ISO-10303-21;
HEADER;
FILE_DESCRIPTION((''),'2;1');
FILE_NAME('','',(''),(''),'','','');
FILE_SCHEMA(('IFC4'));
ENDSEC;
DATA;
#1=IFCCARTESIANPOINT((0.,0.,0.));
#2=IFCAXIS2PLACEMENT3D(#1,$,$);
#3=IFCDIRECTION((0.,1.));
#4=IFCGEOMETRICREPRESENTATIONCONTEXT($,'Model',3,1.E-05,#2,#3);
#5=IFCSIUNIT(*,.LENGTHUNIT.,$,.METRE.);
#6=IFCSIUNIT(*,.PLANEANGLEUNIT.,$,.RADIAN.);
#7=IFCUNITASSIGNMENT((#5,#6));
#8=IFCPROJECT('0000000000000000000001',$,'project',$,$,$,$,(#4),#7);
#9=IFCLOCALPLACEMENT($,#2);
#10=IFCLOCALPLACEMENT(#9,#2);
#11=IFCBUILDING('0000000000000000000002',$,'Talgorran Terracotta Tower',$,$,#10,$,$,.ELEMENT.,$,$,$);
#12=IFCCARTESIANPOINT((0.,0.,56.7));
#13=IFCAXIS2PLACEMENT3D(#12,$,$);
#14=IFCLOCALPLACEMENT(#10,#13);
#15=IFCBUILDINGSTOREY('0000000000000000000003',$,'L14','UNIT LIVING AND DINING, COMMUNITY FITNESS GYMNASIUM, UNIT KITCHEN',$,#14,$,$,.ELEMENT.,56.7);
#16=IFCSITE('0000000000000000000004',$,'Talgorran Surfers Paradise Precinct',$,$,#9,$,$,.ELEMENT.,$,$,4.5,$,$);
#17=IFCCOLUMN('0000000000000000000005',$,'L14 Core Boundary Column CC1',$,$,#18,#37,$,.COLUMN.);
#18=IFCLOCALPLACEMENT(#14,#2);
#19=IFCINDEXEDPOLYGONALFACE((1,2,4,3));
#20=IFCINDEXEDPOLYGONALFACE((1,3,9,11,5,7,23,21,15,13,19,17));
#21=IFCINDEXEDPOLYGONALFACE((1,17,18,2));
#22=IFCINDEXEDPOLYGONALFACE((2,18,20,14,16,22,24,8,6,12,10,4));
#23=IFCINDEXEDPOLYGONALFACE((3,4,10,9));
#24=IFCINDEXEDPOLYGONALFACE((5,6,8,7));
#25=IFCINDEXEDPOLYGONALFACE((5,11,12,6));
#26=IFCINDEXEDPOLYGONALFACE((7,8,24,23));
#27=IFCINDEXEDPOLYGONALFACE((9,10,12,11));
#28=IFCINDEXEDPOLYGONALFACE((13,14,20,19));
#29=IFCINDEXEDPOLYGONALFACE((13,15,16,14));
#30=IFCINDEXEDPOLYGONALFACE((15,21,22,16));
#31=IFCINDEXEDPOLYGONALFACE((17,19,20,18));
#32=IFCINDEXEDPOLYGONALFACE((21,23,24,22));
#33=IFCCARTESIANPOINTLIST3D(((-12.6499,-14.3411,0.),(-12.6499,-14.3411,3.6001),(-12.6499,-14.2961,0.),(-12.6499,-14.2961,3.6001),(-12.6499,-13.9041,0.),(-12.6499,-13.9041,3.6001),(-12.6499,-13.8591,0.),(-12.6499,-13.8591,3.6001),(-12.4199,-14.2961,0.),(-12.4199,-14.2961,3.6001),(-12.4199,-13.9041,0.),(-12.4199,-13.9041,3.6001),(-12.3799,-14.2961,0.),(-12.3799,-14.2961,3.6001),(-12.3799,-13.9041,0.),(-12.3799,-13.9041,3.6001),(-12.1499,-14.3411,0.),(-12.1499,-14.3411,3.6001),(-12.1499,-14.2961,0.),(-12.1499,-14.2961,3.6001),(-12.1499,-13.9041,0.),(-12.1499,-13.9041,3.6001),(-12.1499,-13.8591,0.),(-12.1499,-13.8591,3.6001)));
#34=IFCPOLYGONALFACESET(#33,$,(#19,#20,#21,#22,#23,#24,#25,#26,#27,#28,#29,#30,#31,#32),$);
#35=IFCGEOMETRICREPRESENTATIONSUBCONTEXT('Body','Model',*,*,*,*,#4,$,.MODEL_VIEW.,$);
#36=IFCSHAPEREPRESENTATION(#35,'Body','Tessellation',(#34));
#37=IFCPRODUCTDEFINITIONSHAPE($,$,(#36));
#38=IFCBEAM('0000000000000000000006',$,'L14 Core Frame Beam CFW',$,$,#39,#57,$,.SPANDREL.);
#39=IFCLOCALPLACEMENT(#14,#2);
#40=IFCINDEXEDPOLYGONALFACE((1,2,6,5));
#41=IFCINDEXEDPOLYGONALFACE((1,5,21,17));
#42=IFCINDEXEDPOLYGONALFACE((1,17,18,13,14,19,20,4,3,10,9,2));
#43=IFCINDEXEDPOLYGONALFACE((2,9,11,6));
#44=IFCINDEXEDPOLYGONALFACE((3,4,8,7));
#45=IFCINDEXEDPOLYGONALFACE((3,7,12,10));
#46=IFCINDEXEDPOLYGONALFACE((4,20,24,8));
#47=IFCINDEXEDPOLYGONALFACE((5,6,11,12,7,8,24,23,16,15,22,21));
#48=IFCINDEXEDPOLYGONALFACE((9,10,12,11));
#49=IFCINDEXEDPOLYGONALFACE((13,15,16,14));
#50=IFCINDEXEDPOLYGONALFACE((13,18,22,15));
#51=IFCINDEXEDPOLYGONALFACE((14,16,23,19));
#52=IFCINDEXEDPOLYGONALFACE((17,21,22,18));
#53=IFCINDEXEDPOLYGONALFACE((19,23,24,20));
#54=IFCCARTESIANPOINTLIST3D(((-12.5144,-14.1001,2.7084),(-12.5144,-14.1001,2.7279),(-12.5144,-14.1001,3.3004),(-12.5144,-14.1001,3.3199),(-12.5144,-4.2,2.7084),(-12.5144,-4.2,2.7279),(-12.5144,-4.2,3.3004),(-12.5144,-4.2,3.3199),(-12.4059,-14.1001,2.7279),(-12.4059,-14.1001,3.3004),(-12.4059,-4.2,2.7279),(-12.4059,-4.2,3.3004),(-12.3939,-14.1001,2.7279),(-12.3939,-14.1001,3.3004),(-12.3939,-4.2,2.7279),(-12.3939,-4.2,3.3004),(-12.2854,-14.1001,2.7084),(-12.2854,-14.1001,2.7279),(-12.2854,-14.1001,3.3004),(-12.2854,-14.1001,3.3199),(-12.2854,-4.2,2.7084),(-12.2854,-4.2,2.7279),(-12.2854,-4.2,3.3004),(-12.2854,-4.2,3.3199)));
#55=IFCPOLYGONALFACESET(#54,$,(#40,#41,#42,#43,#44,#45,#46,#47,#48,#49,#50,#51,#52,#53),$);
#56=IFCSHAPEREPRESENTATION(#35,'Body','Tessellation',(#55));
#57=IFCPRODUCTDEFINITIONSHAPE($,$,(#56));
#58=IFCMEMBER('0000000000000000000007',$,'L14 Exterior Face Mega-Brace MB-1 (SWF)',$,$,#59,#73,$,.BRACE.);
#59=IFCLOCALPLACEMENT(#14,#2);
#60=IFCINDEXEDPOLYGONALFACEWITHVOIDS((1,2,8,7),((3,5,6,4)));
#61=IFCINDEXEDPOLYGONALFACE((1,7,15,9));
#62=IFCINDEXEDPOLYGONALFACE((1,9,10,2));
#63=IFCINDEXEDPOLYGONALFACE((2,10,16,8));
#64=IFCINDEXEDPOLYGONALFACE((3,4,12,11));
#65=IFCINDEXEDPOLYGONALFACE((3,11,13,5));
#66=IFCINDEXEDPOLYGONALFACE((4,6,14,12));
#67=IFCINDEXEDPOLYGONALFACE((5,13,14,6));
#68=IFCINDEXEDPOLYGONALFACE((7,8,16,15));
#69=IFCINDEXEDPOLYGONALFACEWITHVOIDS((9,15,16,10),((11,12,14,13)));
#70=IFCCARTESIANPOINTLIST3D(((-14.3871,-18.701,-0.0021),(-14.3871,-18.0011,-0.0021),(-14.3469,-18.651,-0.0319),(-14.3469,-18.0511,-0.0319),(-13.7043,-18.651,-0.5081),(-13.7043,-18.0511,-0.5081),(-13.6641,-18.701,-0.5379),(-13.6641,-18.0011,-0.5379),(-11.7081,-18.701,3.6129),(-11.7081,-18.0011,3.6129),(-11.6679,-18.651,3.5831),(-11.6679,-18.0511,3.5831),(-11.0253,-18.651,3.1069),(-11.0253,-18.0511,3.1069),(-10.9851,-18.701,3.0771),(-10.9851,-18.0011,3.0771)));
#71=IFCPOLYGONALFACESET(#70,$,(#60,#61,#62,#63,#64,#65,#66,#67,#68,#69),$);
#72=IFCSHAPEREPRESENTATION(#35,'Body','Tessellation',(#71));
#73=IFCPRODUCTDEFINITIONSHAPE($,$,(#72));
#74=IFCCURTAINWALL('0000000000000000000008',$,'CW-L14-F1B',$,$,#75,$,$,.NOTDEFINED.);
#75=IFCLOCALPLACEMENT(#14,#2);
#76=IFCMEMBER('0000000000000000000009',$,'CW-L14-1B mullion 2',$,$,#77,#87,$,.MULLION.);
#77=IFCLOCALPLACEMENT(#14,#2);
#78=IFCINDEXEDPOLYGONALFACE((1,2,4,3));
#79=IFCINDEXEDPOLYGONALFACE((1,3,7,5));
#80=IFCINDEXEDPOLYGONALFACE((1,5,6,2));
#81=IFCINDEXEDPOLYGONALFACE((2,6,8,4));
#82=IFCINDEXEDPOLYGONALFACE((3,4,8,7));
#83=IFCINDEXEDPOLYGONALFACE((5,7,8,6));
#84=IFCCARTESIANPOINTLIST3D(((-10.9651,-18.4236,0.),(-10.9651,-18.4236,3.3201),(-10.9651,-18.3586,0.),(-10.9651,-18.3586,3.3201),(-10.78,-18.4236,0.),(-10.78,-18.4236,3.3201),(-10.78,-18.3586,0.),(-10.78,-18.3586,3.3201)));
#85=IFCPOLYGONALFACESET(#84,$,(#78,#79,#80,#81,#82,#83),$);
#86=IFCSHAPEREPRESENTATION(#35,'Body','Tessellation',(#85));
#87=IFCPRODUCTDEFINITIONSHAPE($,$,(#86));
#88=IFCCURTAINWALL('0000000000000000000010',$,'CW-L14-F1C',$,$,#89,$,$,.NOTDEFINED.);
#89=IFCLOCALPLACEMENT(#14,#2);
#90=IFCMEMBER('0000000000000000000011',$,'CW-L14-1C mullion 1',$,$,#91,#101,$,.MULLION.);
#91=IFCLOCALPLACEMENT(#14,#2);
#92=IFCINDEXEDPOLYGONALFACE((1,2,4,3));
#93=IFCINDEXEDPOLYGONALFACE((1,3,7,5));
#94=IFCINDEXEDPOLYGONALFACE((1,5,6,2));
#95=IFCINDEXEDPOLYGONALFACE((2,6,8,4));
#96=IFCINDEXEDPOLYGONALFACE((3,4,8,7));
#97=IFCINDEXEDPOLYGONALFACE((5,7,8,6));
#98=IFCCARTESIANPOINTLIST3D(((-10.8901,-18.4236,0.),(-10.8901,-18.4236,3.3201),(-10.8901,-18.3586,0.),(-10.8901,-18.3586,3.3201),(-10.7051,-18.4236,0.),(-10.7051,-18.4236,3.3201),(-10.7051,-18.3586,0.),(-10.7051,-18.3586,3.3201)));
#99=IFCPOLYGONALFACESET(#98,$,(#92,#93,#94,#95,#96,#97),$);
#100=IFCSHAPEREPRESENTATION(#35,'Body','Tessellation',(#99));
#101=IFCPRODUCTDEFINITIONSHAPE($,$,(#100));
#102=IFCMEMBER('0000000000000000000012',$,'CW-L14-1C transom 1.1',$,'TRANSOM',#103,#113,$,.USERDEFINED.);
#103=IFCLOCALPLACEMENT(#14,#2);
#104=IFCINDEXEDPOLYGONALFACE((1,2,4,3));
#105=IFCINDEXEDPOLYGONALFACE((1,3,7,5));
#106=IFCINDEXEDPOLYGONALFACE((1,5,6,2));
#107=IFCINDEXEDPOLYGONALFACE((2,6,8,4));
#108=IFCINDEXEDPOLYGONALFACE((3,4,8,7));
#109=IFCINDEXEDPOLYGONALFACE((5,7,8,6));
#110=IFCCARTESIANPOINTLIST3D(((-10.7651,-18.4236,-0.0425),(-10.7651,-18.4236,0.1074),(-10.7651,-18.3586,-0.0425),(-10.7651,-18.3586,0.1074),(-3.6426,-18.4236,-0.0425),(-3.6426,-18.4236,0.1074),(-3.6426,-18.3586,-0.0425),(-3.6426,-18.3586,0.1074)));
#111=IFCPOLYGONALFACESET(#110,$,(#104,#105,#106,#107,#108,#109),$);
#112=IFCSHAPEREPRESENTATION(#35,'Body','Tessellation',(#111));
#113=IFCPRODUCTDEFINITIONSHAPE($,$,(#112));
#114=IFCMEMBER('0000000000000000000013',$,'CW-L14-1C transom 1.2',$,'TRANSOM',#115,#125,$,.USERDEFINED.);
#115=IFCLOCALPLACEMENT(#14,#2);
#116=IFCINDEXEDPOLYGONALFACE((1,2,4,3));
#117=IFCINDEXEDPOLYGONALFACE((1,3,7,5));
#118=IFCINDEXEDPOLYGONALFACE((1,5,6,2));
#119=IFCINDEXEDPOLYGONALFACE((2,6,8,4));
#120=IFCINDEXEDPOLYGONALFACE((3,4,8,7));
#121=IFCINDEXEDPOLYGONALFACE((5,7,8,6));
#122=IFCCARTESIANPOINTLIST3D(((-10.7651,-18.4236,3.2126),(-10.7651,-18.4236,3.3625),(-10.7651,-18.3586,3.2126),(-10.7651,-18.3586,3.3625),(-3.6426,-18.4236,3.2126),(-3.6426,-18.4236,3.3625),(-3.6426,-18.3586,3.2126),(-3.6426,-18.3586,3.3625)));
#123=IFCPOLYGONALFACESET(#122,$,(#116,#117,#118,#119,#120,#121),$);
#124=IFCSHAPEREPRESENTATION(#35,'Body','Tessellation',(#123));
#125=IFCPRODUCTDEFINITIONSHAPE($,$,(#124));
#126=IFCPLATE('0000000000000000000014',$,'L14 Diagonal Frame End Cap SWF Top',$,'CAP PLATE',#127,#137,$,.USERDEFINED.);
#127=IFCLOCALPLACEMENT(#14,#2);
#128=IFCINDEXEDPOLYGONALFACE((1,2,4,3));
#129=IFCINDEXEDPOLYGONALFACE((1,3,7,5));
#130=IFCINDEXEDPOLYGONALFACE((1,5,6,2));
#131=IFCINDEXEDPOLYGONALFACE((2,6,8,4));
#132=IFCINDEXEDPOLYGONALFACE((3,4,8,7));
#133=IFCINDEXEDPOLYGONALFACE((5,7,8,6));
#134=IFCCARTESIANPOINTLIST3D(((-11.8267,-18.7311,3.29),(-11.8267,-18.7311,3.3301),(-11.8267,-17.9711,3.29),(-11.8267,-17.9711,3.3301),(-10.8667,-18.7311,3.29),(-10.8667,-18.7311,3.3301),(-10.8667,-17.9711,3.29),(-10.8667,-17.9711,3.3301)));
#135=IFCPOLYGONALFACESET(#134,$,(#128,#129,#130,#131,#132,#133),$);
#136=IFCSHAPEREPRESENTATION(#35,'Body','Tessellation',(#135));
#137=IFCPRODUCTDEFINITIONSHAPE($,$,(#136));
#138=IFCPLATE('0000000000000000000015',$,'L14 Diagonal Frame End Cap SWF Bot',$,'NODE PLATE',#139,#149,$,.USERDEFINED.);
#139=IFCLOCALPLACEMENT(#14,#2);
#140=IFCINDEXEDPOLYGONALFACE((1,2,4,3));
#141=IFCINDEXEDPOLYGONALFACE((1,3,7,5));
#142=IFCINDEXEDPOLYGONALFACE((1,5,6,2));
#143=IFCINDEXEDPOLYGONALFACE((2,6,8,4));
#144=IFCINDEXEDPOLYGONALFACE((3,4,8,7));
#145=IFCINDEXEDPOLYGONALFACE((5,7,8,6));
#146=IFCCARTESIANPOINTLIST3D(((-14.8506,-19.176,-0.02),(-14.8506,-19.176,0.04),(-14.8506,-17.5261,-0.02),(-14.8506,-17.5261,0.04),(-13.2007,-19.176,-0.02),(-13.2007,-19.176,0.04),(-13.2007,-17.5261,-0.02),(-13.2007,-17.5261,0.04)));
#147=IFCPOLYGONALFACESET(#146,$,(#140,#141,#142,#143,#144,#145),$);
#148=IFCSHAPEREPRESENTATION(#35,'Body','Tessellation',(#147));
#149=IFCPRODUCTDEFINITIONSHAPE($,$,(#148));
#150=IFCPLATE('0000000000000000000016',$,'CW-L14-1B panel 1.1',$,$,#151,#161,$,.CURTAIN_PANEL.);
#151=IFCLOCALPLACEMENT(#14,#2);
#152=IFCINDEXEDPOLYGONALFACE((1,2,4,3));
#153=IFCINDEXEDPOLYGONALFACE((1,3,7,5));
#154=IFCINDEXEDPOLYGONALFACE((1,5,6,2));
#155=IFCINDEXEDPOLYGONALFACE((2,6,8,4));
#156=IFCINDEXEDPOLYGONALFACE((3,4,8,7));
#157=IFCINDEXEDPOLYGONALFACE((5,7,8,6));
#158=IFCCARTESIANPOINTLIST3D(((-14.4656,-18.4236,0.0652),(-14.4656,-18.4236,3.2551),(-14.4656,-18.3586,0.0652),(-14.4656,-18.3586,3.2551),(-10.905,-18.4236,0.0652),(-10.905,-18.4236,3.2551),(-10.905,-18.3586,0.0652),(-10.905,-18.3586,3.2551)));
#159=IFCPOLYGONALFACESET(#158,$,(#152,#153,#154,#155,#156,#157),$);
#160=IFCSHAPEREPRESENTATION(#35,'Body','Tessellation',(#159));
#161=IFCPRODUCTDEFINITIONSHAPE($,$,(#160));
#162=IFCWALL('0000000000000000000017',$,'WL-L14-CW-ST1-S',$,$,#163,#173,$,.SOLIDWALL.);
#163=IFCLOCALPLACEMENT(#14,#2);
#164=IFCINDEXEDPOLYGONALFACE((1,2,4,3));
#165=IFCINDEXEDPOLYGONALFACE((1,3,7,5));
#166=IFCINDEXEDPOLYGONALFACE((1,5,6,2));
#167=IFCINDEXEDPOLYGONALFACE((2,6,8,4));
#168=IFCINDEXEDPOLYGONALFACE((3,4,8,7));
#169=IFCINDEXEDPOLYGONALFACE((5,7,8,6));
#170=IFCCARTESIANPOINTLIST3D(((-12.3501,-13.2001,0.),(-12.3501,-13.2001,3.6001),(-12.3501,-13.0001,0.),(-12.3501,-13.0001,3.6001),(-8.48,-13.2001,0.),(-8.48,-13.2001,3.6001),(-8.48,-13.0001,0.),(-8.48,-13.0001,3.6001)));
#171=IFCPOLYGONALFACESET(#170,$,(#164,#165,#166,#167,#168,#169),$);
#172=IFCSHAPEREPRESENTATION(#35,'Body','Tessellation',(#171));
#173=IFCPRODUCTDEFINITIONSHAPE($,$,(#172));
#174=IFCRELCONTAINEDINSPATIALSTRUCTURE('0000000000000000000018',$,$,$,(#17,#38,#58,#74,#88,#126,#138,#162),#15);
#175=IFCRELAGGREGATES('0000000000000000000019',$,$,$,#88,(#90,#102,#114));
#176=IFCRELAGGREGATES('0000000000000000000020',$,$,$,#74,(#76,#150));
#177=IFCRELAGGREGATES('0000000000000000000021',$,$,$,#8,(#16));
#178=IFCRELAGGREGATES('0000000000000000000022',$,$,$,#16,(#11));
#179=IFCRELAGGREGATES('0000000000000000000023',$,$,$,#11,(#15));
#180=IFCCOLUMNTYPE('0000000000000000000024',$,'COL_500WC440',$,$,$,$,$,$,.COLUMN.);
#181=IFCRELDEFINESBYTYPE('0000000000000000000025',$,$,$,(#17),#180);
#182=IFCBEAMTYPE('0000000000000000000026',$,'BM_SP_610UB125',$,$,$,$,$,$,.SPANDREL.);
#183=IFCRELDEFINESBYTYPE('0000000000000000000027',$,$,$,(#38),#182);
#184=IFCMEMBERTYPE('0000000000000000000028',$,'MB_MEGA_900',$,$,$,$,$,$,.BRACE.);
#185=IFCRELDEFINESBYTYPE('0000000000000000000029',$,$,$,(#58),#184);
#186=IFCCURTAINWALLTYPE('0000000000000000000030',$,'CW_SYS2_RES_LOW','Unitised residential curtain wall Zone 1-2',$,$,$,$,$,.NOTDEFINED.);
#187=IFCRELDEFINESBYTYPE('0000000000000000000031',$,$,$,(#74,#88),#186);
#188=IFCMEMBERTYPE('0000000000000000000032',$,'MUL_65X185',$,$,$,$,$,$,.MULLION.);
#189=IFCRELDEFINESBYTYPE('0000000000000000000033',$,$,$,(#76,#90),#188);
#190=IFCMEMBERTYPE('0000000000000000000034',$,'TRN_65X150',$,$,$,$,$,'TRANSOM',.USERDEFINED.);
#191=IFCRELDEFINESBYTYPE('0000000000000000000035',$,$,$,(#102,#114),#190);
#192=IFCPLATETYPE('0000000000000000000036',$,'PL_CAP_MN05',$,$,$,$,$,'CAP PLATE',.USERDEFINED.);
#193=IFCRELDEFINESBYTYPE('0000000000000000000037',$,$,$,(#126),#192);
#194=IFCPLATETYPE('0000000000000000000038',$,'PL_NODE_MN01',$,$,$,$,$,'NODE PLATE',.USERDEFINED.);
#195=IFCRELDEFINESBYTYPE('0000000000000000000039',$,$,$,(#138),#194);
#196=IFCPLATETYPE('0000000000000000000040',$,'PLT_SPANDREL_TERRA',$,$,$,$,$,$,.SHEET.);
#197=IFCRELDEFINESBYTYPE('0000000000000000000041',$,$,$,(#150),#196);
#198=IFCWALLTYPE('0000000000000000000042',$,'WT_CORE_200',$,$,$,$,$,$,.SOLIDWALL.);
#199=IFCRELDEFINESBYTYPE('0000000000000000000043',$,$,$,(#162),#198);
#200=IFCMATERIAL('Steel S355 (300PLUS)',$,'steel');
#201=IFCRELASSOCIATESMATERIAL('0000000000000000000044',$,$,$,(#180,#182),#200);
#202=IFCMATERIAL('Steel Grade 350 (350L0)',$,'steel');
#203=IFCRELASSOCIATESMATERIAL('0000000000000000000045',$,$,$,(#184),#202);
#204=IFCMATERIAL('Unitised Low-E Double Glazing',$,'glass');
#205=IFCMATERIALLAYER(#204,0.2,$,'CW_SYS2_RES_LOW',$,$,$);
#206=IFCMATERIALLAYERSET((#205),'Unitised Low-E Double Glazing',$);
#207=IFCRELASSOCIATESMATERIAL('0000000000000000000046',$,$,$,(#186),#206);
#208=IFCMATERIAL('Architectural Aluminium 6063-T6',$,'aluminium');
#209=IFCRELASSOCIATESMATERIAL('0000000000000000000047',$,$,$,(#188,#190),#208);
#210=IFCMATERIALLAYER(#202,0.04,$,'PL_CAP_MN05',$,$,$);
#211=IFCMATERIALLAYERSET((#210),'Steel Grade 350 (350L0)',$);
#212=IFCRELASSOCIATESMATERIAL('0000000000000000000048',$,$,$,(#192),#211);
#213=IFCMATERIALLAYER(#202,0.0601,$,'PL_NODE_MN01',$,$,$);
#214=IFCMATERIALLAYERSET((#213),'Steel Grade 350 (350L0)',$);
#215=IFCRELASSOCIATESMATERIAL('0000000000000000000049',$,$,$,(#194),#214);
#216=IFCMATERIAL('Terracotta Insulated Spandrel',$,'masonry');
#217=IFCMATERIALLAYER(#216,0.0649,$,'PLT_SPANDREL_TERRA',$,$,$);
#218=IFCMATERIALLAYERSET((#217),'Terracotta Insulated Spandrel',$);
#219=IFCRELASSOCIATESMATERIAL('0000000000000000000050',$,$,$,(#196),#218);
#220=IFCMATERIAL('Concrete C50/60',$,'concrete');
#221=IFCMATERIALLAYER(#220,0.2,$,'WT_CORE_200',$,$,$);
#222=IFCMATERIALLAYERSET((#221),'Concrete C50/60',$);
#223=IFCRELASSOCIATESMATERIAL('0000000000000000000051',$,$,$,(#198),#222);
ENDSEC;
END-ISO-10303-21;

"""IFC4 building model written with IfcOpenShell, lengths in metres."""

from ifc_helpers import new_model, si_unit, direction, frame, frame_2d, origin, origin_2d, place, context, subcontext, project, spatial, rectangle, hollow_rectangle, i_section, extrude, source, transform, mapped, material, layer, layer_set, material_profile, profile_set, type_object, type_shapes, element, aggregate, save


model = new_model("IFC4")

# Units and contexts
model_context = context("Model", 3, precision=1e-05, world=origin(), true_north=direction((0.0, 1.0)))
body_context = subcontext(model_context, "Body", "Model", "MODEL_VIEW")
ifc_project = project(units=[si_unit("LENGTHUNIT", "METRE"), si_unit("PLANEANGLEUNIT", "RADIAN")], contexts=[model_context])

# Site, building, storey
site_placement = place(None, origin())
site = spatial("IfcSite", under=ifc_project, at=site_placement, Name="Talgorran Surfers Paradise Precinct", CompositionType="ELEMENT", RefElevation=4.5)
building_placement = place(site_placement, origin())
building = spatial("IfcBuilding", under=site, at=building_placement, Name="Talgorran Terracotta Tower", CompositionType="ELEMENT")
storey_placement = place(building_placement, frame((0.0, 0.0, 56.7)))
storey = spatial("IfcBuildingStorey", under=building, at=storey_placement, Name="L14", Description="UNIT LIVING AND DINING, COMMUNITY FITNESS GYMNASIUM, UNIT KITCHEN", CompositionType="ELEMENT", Elevation=56.7)

# Column
ifc_material_1 = material(Name="Steel S355 (300PLUS)", Category="steel")
ifc_material_profile_1 = material_profile(ifc_material_1, i_section(OverallWidth=0.5, OverallDepth=0.4819, WebThickness=0.04, FlangeThickness=0.0449, at=origin_2d()), Name="500WC440")
ifc_profile_set_1 = profile_set([ifc_material_profile_1], Name="Steel S355 (300PLUS)")
column_type = type_object("IfcColumnType", Name="COL_500WC440", PredefinedType="COLUMN", material=ifc_profile_set_1)
column_placement = place(storey_placement, frame((-12.3999, -14.1001, 0.0), z_axis=(0.0, 0.0, 1.0), x_axis=(1.0, 0.0, 0.0)))
element("IfcColumn", 1, at=column_placement, inside=storey, type_object=column_type, Name="L14 Core Boundary Column CC1", PredefinedType="COLUMN", context=body_context, shape_type="SweptSolid", body=[
    extrude(i_section(OverallWidth=0.5, OverallDepth=0.4819, WebThickness=0.04, FlangeThickness=0.0449, at=origin_2d()), origin(), (0.0, 0.0, 1.0), 3.6001),
])

# Beam
ifc_material_profile_2 = material_profile(ifc_material_1, i_section(OverallWidth=0.229, OverallDepth=0.6116, WebThickness=0.012, FlangeThickness=0.0195, at=origin_2d()), Name="610UB125")
ifc_profile_set_2 = profile_set([ifc_material_profile_2], Name="Steel S355 (300PLUS)")
beam_type = type_object("IfcBeamType", Name="BM_SP_610UB125", PredefinedType="SPANDREL", material=ifc_profile_set_2)
beam_placement = place(storey_placement, frame((-12.3999, -14.1001, 3.0142), z_axis=(0.0, 1.0, 0.0), x_axis=(-1.0, 0.0, 0.0)))
element("IfcBeam", 2, at=beam_placement, inside=storey, type_object=beam_type, Name="L14 Core Frame Beam CFW", PredefinedType="SPANDREL", context=body_context, shape_type="SweptSolid", body=[
    extrude(i_section(OverallWidth=0.229, OverallDepth=0.6116, WebThickness=0.012, FlangeThickness=0.0195, at=origin_2d()), origin(), (0.0, 0.0, 1.0), 9.9001),
])

# Member
ifc_material_2 = material(Name="Steel Grade 350 (350L0)", Category="steel")
ifc_material_profile_3 = material_profile(ifc_material_2, hollow_rectangle(XDim=0.7, YDim=0.8999, WallThickness=0.05, at=origin_2d()), Name="WBOX900X700X50")
ifc_profile_set_3 = profile_set([ifc_material_profile_3], Name="Steel Grade 350 (350L0)")
member_type_1 = type_object("IfcMemberType", Name="MB_MEGA_900", PredefinedType="BRACE", material=ifc_profile_set_3)
member_1_placement = place(storey_placement, frame((-14.0256, -18.3511, -0.27), z_axis=(0.595398, 0.0, 0.803431), x_axis=(0.0, 1.0, 0.0)))
element("IfcMember", 3, at=member_1_placement, inside=storey, type_object=member_type_1, Name="L14 Exterior Face Mega-Brace MB-1 (SWF)", PredefinedType="BRACE", context=body_context, shape_type="SweptSolid", body=[
    extrude(hollow_rectangle(XDim=0.7, YDim=0.8999, WallThickness=0.05, at=origin_2d()), origin(), (0.0, 0.0, 1.0), 4.4995),
])

# Curtain wall, member
ifc_material_3 = material(Name="Unitised Low-E Double Glazing", Category="glass")
ifc_layer_1 = layer(ifc_material_3, 0.2, Name="CW_SYS2_RES_LOW")
ifc_layer_set_1 = layer_set([ifc_layer_1], Name="Unitised Low-E Double Glazing")
curtain_wall_type = type_object("IfcCurtainWallType", Name="CW_SYS2_RES_LOW", Description="Unitised residential curtain wall Zone 1-2", PredefinedType="NOTDEFINED", material=ifc_layer_set_1)
curtain_wall_1_placement = place(storey_placement, origin())
curtain_wall_1 = element("IfcCurtainWall", 4, at=curtain_wall_1_placement, inside=storey, type_object=curtain_wall_type, Name="CW-L14-F1B", PredefinedType="NOTDEFINED")
ifc_material_4 = material(Name="Architectural Aluminium 6063-T6", Category="aluminium")
ifc_material_profile_4 = material_profile(ifc_material_4, rectangle(XDim=0.0649, YDim=0.1851, at=origin_2d()), Name="CWM65X185")
ifc_profile_set_4 = profile_set([ifc_material_profile_4], Name="Architectural Aluminium 6063-T6")
member_type_2 = type_object("IfcMemberType", Name="MUL_65X185", PredefinedType="MULLION", material=ifc_profile_set_4)
member_2_placement = place(storey_placement, frame((-10.8726, -18.3911, 0.0), z_axis=(0.0, 0.0, 1.0), x_axis=(0.0, 1.0, 0.0)))
member_2 = element("IfcMember", 5, at=member_2_placement, type_object=member_type_2, Name="CW-L14-1B mullion 2", PredefinedType="MULLION", context=body_context, shape_type="SweptSolid", body=[
    extrude(rectangle(XDim=0.0649, YDim=0.1851, at=origin_2d()), origin(), (0.0, 0.0, 1.0), 3.3201),
])

# Curtain wall, members
curtain_wall_2_placement = place(storey_placement, origin())
curtain_wall_2 = element("IfcCurtainWall", 6, at=curtain_wall_2_placement, inside=storey, type_object=curtain_wall_type, Name="CW-L14-F1C", PredefinedType="NOTDEFINED")
member_3_placement = place(storey_placement, frame((-10.7976, -18.3911, 0.0), z_axis=(0.0, 0.0, 1.0), x_axis=(0.0, 1.0, 0.0)))
member_3 = element("IfcMember", 7, at=member_3_placement, type_object=member_type_2, Name="CW-L14-1C mullion 1", PredefinedType="MULLION", context=body_context, shape_type="SweptSolid", body=[
    extrude(rectangle(XDim=0.0649, YDim=0.1851, at=origin_2d()), origin(), (0.0, 0.0, 1.0), 3.3201),
])
ifc_material_profile_5 = material_profile(ifc_material_4, rectangle(XDim=0.0649, YDim=0.1499, at=origin_2d()), Name="CWT65X150")
ifc_profile_set_5 = profile_set([ifc_material_profile_5], Name="Architectural Aluminium 6063-T6")
member_type_3 = type_object("IfcMemberType", Name="TRN_65X150", ElementType="TRANSOM", PredefinedType="USERDEFINED", material=ifc_profile_set_5)
member_4_placement = place(storey_placement, frame((-10.7651, -18.3911, 0.0325), z_axis=(1.0, 0.0, 0.0), x_axis=(0.0, 1.0, 0.0)))
member_4 = element("IfcMember", 8, at=member_4_placement, type_object=member_type_3, Name="CW-L14-1C transom 1.1", ObjectType="TRANSOM", PredefinedType="USERDEFINED", context=body_context, shape_type="SweptSolid", body=[
    extrude(rectangle(XDim=0.0649, YDim=0.1499, at=origin_2d()), origin(), (0.0, 0.0, 1.0), 7.1226),
])
member_5_placement = place(storey_placement, frame((-10.7651, -18.3911, 3.2876), z_axis=(1.0, 0.0, 0.0), x_axis=(0.0, 1.0, 0.0)))
member_5 = element("IfcMember", 9, at=member_5_placement, type_object=member_type_3, Name="CW-L14-1C transom 1.2", ObjectType="TRANSOM", PredefinedType="USERDEFINED", context=body_context, shape_type="SweptSolid", body=[
    extrude(rectangle(XDim=0.0649, YDim=0.1499, at=origin_2d()), origin(), (0.0, 0.0, 1.0), 7.1226),
])
aggregate(curtain_wall_2, [member_3, member_4, member_5])

# Plates
ifc_layer_2 = layer(ifc_material_2, 0.04, Name="PL_CAP_MN05")
ifc_layer_set_2 = layer_set([ifc_layer_2], Name="Steel Grade 350 (350L0)")
plate_type_1 = type_object("IfcPlateType", Name="PL_CAP_MN05", ElementType="CAP PLATE", PredefinedType="USERDEFINED", material=ifc_layer_set_2)
plate_1_placement = place(storey_placement, frame((-11.3467, -18.3511, 3.29), z_axis=(0.0, 0.0, 1.0), x_axis=(1.0, 0.0, 0.0)))
element("IfcPlate", 10, at=plate_1_placement, inside=storey, type_object=plate_type_1, Name="L14 Diagonal Frame End Cap SWF Top", ObjectType="CAP PLATE", PredefinedType="USERDEFINED", context=body_context, shape_type="SweptSolid", body=[
    extrude(rectangle(XDim=0.96, YDim=0.76, at=origin_2d()), origin(), (0.0, 0.0, 1.0), 0.04),
])
ifc_layer_3 = layer(ifc_material_2, 0.0601, Name="PL_NODE_MN01")
ifc_layer_set_3 = layer_set([ifc_layer_3], Name="Steel Grade 350 (350L0)")
plate_type_2 = type_object("IfcPlateType", Name="PL_NODE_MN01", ElementType="NODE PLATE", PredefinedType="USERDEFINED", material=ifc_layer_set_3)
plate_2_placement = place(storey_placement, frame((-14.0256, -18.3511, -0.02), z_axis=(0.0, 0.0, 1.0), x_axis=(1.0, 0.0, 0.0)))
element("IfcPlate", 11, at=plate_2_placement, inside=storey, type_object=plate_type_2, Name="L14 Diagonal Frame End Cap SWF Bot", ObjectType="NODE PLATE", PredefinedType="USERDEFINED", context=body_context, shape_type="SweptSolid", body=[
    extrude(rectangle(XDim=1.6499, YDim=1.6499, at=origin_2d()), origin(), (0.0, 0.0, 1.0), 0.0601),
])

# Plate
ifc_material_5 = material(Name="Terracotta Insulated Spandrel", Category="masonry")
ifc_layer_4 = layer(ifc_material_5, 0.0649, Name="PLT_SPANDREL_TERRA")
ifc_layer_set_4 = layer_set([ifc_layer_4], Name="Terracotta Insulated Spandrel")
plate_type_3 = type_object("IfcPlateType", Name="PLT_SPANDREL_TERRA", PredefinedType="SHEET", material=ifc_layer_set_4)
shared_shape = source(origin(), body_context, "Body", "SweptSolid", [
    extrude(rectangle(XDim=3.5605, YDim=0.0649, at=origin_2d()), origin(), (0.0, 0.0, 1.0), 3.1899),
])
type_shapes(plate_type_3, [shared_shape])
plate_3_placement = place(storey_placement, frame((-12.6853, -18.3911, 0.0652), z_axis=(0.0, 0.0, 1.0), x_axis=(1.0, 0.0, 0.0)))
plate_3 = element("IfcPlate", 12, at=plate_3_placement, type_object=plate_type_3, Name="CW-L14-1B panel 1.1", PredefinedType="CURTAIN_PANEL", context=body_context, shape_type="MappedRepresentation", body=[
    mapped(shared_shape, transform((0.0, 0.0, 0.0), scale=1.0)),
])
aggregate(curtain_wall_1, [member_2, plate_3])

# Wall
ifc_material_6 = material(Name="Concrete C50/60", Category="concrete")
ifc_layer_5 = layer(ifc_material_6, 0.2, Name="WT_CORE_200")
ifc_layer_set_5 = layer_set([ifc_layer_5], Name="Concrete C50/60")
wall_type_1 = type_object("IfcWallType", Name="WT_CORE_200", PredefinedType="SOLIDWALL", material=ifc_layer_set_5)
wall_1_placement = place(storey_placement, frame((-12.3501, -13.1001, 0.0), z_axis=(0.0, 0.0, 1.0), x_axis=(1.0, 0.0, 0.0)))
element("IfcWall", 13, at=wall_1_placement, inside=storey, type_object=wall_type_1, Name="WL-L14-CW-ST1-S", PredefinedType="SOLIDWALL", context=body_context, shape_type="SweptSolid", body=[
    extrude(rectangle(XDim=3.8701, YDim=0.2, at=frame_2d((1.9351, 0.0))), origin(), (0.0, 0.0, 1.0), 3.6001),
])

save(model, "model.ifc")
